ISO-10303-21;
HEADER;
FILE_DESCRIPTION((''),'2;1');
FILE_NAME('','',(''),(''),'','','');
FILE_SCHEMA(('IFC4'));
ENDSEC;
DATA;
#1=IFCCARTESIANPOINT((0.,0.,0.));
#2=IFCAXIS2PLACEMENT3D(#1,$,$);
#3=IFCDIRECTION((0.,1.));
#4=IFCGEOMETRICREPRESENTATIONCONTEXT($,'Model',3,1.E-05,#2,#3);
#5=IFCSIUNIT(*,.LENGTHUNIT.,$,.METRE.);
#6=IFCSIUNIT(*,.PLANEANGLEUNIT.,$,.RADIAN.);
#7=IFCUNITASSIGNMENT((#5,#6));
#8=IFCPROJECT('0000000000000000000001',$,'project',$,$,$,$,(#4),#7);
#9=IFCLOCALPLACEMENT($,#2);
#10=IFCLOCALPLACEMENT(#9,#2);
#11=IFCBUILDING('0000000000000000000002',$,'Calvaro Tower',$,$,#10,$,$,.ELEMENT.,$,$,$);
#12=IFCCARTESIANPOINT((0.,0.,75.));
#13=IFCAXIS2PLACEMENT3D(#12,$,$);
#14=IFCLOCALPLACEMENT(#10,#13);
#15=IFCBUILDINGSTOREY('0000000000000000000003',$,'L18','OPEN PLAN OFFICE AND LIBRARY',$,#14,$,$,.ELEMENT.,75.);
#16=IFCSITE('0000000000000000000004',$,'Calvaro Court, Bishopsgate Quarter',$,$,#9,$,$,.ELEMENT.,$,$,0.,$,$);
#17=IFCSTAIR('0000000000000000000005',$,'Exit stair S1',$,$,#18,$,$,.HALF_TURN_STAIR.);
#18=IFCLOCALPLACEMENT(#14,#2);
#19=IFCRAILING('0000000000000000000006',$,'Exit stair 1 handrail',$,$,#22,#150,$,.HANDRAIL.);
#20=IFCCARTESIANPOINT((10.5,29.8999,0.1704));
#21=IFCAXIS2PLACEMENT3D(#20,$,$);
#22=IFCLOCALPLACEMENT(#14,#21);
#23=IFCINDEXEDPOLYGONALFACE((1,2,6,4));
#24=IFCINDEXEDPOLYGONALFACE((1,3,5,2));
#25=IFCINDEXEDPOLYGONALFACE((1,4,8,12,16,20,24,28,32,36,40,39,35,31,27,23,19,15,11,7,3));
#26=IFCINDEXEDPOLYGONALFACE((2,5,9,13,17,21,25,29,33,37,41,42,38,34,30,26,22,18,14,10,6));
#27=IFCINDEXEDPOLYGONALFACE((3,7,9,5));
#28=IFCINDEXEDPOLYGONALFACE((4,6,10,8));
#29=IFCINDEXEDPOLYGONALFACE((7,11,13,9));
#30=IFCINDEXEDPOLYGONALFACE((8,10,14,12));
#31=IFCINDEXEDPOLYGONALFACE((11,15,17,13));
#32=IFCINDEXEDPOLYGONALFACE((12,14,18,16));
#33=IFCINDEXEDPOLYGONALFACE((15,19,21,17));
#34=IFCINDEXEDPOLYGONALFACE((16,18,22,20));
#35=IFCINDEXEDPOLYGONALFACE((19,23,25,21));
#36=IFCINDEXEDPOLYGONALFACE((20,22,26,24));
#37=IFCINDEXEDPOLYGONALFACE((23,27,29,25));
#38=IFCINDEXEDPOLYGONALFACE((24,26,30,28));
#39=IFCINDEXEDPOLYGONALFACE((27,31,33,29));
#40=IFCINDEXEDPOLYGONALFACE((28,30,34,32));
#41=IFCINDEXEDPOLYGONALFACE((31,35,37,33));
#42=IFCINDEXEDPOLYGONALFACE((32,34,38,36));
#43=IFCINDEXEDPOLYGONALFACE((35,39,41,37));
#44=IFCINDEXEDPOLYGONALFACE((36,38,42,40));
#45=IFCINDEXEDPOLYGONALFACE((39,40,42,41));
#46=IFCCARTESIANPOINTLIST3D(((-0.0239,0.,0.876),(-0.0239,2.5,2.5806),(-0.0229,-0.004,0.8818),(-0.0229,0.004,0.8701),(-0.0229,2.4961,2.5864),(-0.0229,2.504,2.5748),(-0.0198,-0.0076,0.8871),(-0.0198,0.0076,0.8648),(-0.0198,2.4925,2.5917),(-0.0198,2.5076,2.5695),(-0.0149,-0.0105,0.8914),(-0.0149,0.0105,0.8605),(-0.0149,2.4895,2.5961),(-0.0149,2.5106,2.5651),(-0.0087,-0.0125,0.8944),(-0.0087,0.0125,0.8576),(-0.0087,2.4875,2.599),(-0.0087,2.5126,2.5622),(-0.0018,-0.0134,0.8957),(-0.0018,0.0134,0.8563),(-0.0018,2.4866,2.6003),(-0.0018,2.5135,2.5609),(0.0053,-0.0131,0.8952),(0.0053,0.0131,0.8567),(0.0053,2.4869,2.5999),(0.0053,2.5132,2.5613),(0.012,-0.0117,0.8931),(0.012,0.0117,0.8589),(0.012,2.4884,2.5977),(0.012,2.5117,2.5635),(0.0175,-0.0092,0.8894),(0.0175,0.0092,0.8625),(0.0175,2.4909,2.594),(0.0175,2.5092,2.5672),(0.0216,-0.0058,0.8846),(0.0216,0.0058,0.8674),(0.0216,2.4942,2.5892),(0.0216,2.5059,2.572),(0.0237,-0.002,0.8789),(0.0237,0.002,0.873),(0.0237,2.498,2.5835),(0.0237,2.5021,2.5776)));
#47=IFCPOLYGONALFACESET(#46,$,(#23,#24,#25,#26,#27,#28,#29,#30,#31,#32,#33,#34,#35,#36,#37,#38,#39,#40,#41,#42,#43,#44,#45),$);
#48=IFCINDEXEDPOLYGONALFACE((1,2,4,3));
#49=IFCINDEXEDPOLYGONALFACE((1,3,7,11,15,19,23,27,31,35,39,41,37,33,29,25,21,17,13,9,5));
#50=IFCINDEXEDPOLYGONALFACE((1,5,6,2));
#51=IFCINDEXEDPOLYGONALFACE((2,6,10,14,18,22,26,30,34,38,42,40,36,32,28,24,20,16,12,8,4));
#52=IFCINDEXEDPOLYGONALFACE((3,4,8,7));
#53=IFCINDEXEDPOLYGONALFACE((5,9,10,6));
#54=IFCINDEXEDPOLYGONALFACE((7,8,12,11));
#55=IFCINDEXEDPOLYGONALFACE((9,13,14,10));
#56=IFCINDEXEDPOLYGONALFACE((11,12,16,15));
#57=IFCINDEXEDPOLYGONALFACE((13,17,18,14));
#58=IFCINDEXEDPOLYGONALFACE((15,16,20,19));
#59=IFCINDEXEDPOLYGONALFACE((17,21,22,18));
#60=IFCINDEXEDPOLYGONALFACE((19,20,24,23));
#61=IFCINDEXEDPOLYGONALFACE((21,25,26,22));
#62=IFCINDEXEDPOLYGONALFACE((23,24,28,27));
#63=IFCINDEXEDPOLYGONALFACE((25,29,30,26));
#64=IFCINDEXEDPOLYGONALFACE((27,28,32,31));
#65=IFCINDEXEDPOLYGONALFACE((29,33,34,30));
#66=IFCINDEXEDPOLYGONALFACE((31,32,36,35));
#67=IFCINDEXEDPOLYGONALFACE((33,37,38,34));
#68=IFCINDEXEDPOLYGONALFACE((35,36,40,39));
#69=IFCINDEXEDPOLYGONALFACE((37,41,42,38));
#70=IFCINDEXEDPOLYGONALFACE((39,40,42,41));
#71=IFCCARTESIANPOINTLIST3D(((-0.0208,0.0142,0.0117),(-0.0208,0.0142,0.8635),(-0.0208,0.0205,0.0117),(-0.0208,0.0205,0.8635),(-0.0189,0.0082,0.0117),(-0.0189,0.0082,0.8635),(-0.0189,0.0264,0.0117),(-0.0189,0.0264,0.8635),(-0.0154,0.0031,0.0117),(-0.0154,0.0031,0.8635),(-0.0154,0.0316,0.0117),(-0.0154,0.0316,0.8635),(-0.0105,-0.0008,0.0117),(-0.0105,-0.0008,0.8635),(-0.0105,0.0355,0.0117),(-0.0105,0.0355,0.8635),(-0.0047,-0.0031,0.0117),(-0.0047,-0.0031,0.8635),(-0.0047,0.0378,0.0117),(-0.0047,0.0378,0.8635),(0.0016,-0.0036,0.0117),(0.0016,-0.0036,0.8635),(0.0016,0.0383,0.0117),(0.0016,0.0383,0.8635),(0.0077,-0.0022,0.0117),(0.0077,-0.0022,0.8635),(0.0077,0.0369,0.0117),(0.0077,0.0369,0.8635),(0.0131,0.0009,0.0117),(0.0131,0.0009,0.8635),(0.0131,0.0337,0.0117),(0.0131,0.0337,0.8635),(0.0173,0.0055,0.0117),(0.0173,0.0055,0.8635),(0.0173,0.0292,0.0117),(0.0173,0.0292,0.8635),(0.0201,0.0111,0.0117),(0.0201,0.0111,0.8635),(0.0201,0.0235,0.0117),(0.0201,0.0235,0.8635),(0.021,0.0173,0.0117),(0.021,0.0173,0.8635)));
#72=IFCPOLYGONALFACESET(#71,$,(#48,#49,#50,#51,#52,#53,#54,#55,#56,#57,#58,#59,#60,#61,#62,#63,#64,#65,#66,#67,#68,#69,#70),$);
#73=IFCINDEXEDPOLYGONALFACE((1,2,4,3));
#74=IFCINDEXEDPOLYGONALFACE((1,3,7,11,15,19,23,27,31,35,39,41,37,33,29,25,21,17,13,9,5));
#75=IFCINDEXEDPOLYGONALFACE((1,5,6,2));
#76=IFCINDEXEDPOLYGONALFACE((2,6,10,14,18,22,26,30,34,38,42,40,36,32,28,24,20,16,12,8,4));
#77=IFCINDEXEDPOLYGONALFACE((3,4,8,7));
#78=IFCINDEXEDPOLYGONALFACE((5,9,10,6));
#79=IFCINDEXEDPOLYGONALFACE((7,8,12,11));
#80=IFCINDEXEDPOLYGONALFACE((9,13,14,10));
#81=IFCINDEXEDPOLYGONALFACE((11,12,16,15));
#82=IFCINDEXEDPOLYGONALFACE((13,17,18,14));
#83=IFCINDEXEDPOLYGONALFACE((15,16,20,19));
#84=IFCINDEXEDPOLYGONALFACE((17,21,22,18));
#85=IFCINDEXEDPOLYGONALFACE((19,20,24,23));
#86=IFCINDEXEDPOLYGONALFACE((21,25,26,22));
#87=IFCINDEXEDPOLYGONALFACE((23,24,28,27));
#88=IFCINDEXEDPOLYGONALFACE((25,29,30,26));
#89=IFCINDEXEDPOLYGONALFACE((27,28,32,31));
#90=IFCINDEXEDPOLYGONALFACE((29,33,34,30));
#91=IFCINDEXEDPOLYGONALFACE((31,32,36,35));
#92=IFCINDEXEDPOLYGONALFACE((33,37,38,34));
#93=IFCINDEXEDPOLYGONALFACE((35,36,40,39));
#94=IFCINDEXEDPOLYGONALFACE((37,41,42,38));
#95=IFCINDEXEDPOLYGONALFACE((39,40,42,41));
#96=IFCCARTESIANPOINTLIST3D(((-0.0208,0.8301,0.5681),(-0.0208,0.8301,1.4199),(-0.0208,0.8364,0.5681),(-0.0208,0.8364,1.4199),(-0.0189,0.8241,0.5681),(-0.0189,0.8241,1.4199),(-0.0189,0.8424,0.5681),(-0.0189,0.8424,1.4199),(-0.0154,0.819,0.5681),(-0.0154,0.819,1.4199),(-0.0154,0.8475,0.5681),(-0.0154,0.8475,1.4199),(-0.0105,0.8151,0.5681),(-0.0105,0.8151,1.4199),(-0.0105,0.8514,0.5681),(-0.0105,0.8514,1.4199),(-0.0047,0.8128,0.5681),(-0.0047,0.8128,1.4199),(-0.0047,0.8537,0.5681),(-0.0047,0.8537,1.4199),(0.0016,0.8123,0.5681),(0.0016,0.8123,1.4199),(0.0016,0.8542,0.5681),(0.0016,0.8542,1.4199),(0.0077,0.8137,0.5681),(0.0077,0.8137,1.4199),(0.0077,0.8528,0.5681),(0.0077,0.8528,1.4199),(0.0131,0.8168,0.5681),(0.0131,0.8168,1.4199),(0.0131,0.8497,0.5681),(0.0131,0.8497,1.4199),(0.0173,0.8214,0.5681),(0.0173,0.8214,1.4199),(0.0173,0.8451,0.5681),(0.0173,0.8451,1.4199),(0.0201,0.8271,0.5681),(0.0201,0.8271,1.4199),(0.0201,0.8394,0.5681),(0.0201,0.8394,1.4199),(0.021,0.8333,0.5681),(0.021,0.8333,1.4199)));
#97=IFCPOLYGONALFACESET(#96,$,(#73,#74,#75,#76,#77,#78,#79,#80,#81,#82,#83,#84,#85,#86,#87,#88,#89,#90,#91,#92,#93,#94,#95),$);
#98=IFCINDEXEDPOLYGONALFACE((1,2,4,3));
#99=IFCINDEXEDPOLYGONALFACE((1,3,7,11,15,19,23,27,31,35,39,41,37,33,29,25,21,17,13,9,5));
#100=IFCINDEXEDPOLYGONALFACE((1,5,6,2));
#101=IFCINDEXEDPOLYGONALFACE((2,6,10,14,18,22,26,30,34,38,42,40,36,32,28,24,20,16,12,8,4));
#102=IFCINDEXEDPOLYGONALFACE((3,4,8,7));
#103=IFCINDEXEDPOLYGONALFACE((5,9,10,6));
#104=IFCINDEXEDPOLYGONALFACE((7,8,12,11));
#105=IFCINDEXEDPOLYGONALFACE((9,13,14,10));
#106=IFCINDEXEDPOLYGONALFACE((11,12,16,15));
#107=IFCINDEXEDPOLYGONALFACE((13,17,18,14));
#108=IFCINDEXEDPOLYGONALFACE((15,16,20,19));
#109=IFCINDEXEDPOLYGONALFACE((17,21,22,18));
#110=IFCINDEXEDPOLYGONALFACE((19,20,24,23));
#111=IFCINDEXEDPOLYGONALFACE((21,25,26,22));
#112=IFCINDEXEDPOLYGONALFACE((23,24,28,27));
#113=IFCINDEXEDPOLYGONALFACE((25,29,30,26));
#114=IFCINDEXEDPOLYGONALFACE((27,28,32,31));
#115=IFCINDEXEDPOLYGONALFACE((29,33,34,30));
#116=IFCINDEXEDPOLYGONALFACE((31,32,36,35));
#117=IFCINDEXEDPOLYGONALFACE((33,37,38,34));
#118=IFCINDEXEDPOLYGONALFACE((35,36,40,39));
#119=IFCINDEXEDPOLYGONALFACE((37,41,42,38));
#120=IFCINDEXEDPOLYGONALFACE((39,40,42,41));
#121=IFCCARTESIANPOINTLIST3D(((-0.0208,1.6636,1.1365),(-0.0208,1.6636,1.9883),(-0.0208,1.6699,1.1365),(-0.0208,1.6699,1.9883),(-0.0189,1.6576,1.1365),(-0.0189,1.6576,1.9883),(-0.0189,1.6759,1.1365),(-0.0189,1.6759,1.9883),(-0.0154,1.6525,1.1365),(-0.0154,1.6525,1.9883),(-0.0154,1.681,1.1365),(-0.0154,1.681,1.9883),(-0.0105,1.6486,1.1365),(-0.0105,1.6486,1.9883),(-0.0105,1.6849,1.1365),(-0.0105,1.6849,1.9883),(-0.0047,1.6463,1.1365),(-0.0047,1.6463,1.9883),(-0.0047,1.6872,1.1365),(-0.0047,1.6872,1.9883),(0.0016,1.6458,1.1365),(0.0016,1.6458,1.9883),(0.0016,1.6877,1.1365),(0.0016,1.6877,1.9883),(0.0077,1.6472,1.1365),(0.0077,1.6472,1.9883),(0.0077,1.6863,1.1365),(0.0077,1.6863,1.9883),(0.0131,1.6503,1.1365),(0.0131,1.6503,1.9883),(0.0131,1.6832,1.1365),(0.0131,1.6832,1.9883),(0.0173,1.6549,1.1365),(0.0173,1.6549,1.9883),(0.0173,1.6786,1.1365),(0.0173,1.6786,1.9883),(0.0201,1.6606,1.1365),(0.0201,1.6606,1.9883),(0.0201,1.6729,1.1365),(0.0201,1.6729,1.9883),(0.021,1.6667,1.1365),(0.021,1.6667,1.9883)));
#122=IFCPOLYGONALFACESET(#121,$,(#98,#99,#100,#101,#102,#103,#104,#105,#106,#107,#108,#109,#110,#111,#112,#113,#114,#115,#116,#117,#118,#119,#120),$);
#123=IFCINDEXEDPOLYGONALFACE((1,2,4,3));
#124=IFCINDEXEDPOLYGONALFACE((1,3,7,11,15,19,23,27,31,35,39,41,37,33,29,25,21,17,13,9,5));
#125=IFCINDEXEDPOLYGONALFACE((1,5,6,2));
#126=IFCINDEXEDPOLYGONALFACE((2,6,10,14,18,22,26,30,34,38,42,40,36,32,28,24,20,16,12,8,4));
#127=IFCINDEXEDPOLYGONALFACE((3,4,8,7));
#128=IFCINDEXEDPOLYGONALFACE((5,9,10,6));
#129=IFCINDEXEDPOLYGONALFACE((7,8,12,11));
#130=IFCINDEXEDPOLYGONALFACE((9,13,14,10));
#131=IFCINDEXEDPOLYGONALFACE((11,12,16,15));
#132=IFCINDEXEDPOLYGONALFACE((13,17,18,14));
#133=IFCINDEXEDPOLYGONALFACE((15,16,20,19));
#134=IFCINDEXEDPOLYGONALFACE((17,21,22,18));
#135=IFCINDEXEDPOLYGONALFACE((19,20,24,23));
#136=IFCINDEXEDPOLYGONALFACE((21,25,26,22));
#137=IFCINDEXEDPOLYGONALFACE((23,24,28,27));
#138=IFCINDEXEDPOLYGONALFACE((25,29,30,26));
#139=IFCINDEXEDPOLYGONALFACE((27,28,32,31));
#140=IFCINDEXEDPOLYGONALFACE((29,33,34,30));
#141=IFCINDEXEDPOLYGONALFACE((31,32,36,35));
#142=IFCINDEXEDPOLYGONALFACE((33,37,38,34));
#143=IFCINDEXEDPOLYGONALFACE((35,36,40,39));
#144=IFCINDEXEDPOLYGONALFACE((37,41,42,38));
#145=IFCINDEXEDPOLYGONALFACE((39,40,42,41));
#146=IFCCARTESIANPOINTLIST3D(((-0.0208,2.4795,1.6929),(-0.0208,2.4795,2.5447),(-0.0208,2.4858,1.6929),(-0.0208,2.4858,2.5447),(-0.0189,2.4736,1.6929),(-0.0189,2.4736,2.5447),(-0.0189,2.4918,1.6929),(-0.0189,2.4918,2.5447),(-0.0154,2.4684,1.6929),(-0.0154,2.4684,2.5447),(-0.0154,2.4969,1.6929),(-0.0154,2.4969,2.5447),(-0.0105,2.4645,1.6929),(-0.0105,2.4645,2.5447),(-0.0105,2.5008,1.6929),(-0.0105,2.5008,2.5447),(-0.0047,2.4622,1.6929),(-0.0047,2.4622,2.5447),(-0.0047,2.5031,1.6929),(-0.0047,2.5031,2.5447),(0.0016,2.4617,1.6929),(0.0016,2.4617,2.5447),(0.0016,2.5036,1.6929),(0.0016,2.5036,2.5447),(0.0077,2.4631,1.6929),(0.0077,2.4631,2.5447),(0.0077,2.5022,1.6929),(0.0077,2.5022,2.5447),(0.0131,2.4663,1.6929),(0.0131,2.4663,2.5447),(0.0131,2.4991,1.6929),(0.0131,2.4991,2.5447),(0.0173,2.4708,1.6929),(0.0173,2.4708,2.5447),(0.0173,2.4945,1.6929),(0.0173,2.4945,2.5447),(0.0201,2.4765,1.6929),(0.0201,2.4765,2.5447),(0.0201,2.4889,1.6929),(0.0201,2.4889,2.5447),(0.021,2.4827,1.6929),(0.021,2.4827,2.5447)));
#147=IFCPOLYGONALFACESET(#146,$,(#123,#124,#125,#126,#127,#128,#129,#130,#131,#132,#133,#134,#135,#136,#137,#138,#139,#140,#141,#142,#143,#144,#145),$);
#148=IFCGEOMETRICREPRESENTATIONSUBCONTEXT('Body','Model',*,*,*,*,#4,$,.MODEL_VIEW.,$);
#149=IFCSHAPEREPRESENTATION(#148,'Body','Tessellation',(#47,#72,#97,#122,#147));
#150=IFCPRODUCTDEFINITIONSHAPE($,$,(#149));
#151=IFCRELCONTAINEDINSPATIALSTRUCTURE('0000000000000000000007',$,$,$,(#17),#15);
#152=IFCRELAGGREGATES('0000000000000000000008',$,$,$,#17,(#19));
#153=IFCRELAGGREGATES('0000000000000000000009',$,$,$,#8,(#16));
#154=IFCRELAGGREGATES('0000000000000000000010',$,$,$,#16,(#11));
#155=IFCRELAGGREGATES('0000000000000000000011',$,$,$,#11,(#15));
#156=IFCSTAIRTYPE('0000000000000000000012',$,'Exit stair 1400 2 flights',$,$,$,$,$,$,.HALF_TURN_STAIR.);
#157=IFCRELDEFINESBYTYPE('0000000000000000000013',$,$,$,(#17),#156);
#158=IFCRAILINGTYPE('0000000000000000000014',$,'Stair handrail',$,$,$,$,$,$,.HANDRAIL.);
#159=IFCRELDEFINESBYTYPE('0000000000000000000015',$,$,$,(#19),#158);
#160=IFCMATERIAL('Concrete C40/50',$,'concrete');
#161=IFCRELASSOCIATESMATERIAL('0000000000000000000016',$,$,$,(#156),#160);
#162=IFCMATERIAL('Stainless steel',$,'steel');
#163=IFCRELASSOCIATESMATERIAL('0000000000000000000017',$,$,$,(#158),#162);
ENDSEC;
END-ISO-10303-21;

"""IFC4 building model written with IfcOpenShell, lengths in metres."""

from ifc_helpers import new_model, si_unit, direction, frame, origin, origin_2d, place, context, subcontext, project, spatial, circle, extrude, material, type_object, element, aggregate, save


model = new_model("IFC4")

# Units and contexts
model_context = context("Model", 3, precision=1e-05, world=origin(), true_north=direction((0.0, 1.0)))
body_context = subcontext(model_context, "Body", "Model", "MODEL_VIEW")
ifc_project = project(units=[si_unit("LENGTHUNIT", "METRE"), si_unit("PLANEANGLEUNIT", "RADIAN")], contexts=[model_context])

# Site, building, storey
site_placement = place(None, origin())
site = spatial("IfcSite", under=ifc_project, at=site_placement, Name="Calvaro Court, Bishopsgate Quarter", CompositionType="ELEMENT", RefElevation=0.0)
building_placement = place(site_placement, origin())
building = spatial("IfcBuilding", under=site, at=building_placement, Name="Calvaro Tower", CompositionType="ELEMENT")
storey_placement = place(building_placement, frame((0.0, 0.0, 75.0)))
storey = spatial("IfcBuildingStorey", under=building, at=storey_placement, Name="L18", Description="OPEN PLAN OFFICE AND LIBRARY", CompositionType="ELEMENT", Elevation=75.0)

# Stair, railing
ifc_material_1 = material(Name="Concrete C40/50", Category="concrete")
stair_type = type_object("IfcStairType", Name="Exit stair 1400 2 flights", PredefinedType="HALF_TURN_STAIR", material=ifc_material_1)
stair_placement = place(storey_placement, origin())
stair = element("IfcStair", 1, at=stair_placement, inside=storey, type_object=stair_type, Name="Exit stair S1", PredefinedType="HALF_TURN_STAIR")
ifc_material_2 = material(Name="Stainless steel", Category="steel")
railing_type = type_object("IfcRailingType", Name="Stair handrail", PredefinedType="HANDRAIL", material=ifc_material_2)
railing_placement = place(storey_placement, frame((10.5, 29.8999, 0.1704)))
railing = element("IfcRailing", 2, at=railing_placement, type_object=railing_type, Name="Exit stair 1 handrail", PredefinedType="HANDRAIL", context=body_context, shape_type="SweptSolid", body=[
    extrude(circle(Radius=0.0239, at=origin_2d()), frame((0.0, 0.0, 0.876), z_axis=(0.0, 0.826221, 0.563347), x_axis=(-1.0, 0.0, 0.0)), (0.0, 0.0, 1.0), 3.0259),
    extrude(circle(Radius=0.021, at=origin_2d()), frame((0.0, 0.0173, 0.0117)), (0.0, 0.0, 1.0), 0.8518),
    extrude(circle(Radius=0.021, at=origin_2d()), frame((0.0, 0.8333, 0.5681)), (0.0, 0.0, 1.0), 0.8518),
    extrude(circle(Radius=0.021, at=origin_2d()), frame((0.0, 1.6667, 1.1365)), (0.0, 0.0, 1.0), 0.8518),
    extrude(circle(Radius=0.021, at=origin_2d()), frame((0.0, 2.4827, 1.6929)), (0.0, 0.0, 1.0), 0.8518),
])
aggregate(stair, [railing])

save(model, "model.ifc")
